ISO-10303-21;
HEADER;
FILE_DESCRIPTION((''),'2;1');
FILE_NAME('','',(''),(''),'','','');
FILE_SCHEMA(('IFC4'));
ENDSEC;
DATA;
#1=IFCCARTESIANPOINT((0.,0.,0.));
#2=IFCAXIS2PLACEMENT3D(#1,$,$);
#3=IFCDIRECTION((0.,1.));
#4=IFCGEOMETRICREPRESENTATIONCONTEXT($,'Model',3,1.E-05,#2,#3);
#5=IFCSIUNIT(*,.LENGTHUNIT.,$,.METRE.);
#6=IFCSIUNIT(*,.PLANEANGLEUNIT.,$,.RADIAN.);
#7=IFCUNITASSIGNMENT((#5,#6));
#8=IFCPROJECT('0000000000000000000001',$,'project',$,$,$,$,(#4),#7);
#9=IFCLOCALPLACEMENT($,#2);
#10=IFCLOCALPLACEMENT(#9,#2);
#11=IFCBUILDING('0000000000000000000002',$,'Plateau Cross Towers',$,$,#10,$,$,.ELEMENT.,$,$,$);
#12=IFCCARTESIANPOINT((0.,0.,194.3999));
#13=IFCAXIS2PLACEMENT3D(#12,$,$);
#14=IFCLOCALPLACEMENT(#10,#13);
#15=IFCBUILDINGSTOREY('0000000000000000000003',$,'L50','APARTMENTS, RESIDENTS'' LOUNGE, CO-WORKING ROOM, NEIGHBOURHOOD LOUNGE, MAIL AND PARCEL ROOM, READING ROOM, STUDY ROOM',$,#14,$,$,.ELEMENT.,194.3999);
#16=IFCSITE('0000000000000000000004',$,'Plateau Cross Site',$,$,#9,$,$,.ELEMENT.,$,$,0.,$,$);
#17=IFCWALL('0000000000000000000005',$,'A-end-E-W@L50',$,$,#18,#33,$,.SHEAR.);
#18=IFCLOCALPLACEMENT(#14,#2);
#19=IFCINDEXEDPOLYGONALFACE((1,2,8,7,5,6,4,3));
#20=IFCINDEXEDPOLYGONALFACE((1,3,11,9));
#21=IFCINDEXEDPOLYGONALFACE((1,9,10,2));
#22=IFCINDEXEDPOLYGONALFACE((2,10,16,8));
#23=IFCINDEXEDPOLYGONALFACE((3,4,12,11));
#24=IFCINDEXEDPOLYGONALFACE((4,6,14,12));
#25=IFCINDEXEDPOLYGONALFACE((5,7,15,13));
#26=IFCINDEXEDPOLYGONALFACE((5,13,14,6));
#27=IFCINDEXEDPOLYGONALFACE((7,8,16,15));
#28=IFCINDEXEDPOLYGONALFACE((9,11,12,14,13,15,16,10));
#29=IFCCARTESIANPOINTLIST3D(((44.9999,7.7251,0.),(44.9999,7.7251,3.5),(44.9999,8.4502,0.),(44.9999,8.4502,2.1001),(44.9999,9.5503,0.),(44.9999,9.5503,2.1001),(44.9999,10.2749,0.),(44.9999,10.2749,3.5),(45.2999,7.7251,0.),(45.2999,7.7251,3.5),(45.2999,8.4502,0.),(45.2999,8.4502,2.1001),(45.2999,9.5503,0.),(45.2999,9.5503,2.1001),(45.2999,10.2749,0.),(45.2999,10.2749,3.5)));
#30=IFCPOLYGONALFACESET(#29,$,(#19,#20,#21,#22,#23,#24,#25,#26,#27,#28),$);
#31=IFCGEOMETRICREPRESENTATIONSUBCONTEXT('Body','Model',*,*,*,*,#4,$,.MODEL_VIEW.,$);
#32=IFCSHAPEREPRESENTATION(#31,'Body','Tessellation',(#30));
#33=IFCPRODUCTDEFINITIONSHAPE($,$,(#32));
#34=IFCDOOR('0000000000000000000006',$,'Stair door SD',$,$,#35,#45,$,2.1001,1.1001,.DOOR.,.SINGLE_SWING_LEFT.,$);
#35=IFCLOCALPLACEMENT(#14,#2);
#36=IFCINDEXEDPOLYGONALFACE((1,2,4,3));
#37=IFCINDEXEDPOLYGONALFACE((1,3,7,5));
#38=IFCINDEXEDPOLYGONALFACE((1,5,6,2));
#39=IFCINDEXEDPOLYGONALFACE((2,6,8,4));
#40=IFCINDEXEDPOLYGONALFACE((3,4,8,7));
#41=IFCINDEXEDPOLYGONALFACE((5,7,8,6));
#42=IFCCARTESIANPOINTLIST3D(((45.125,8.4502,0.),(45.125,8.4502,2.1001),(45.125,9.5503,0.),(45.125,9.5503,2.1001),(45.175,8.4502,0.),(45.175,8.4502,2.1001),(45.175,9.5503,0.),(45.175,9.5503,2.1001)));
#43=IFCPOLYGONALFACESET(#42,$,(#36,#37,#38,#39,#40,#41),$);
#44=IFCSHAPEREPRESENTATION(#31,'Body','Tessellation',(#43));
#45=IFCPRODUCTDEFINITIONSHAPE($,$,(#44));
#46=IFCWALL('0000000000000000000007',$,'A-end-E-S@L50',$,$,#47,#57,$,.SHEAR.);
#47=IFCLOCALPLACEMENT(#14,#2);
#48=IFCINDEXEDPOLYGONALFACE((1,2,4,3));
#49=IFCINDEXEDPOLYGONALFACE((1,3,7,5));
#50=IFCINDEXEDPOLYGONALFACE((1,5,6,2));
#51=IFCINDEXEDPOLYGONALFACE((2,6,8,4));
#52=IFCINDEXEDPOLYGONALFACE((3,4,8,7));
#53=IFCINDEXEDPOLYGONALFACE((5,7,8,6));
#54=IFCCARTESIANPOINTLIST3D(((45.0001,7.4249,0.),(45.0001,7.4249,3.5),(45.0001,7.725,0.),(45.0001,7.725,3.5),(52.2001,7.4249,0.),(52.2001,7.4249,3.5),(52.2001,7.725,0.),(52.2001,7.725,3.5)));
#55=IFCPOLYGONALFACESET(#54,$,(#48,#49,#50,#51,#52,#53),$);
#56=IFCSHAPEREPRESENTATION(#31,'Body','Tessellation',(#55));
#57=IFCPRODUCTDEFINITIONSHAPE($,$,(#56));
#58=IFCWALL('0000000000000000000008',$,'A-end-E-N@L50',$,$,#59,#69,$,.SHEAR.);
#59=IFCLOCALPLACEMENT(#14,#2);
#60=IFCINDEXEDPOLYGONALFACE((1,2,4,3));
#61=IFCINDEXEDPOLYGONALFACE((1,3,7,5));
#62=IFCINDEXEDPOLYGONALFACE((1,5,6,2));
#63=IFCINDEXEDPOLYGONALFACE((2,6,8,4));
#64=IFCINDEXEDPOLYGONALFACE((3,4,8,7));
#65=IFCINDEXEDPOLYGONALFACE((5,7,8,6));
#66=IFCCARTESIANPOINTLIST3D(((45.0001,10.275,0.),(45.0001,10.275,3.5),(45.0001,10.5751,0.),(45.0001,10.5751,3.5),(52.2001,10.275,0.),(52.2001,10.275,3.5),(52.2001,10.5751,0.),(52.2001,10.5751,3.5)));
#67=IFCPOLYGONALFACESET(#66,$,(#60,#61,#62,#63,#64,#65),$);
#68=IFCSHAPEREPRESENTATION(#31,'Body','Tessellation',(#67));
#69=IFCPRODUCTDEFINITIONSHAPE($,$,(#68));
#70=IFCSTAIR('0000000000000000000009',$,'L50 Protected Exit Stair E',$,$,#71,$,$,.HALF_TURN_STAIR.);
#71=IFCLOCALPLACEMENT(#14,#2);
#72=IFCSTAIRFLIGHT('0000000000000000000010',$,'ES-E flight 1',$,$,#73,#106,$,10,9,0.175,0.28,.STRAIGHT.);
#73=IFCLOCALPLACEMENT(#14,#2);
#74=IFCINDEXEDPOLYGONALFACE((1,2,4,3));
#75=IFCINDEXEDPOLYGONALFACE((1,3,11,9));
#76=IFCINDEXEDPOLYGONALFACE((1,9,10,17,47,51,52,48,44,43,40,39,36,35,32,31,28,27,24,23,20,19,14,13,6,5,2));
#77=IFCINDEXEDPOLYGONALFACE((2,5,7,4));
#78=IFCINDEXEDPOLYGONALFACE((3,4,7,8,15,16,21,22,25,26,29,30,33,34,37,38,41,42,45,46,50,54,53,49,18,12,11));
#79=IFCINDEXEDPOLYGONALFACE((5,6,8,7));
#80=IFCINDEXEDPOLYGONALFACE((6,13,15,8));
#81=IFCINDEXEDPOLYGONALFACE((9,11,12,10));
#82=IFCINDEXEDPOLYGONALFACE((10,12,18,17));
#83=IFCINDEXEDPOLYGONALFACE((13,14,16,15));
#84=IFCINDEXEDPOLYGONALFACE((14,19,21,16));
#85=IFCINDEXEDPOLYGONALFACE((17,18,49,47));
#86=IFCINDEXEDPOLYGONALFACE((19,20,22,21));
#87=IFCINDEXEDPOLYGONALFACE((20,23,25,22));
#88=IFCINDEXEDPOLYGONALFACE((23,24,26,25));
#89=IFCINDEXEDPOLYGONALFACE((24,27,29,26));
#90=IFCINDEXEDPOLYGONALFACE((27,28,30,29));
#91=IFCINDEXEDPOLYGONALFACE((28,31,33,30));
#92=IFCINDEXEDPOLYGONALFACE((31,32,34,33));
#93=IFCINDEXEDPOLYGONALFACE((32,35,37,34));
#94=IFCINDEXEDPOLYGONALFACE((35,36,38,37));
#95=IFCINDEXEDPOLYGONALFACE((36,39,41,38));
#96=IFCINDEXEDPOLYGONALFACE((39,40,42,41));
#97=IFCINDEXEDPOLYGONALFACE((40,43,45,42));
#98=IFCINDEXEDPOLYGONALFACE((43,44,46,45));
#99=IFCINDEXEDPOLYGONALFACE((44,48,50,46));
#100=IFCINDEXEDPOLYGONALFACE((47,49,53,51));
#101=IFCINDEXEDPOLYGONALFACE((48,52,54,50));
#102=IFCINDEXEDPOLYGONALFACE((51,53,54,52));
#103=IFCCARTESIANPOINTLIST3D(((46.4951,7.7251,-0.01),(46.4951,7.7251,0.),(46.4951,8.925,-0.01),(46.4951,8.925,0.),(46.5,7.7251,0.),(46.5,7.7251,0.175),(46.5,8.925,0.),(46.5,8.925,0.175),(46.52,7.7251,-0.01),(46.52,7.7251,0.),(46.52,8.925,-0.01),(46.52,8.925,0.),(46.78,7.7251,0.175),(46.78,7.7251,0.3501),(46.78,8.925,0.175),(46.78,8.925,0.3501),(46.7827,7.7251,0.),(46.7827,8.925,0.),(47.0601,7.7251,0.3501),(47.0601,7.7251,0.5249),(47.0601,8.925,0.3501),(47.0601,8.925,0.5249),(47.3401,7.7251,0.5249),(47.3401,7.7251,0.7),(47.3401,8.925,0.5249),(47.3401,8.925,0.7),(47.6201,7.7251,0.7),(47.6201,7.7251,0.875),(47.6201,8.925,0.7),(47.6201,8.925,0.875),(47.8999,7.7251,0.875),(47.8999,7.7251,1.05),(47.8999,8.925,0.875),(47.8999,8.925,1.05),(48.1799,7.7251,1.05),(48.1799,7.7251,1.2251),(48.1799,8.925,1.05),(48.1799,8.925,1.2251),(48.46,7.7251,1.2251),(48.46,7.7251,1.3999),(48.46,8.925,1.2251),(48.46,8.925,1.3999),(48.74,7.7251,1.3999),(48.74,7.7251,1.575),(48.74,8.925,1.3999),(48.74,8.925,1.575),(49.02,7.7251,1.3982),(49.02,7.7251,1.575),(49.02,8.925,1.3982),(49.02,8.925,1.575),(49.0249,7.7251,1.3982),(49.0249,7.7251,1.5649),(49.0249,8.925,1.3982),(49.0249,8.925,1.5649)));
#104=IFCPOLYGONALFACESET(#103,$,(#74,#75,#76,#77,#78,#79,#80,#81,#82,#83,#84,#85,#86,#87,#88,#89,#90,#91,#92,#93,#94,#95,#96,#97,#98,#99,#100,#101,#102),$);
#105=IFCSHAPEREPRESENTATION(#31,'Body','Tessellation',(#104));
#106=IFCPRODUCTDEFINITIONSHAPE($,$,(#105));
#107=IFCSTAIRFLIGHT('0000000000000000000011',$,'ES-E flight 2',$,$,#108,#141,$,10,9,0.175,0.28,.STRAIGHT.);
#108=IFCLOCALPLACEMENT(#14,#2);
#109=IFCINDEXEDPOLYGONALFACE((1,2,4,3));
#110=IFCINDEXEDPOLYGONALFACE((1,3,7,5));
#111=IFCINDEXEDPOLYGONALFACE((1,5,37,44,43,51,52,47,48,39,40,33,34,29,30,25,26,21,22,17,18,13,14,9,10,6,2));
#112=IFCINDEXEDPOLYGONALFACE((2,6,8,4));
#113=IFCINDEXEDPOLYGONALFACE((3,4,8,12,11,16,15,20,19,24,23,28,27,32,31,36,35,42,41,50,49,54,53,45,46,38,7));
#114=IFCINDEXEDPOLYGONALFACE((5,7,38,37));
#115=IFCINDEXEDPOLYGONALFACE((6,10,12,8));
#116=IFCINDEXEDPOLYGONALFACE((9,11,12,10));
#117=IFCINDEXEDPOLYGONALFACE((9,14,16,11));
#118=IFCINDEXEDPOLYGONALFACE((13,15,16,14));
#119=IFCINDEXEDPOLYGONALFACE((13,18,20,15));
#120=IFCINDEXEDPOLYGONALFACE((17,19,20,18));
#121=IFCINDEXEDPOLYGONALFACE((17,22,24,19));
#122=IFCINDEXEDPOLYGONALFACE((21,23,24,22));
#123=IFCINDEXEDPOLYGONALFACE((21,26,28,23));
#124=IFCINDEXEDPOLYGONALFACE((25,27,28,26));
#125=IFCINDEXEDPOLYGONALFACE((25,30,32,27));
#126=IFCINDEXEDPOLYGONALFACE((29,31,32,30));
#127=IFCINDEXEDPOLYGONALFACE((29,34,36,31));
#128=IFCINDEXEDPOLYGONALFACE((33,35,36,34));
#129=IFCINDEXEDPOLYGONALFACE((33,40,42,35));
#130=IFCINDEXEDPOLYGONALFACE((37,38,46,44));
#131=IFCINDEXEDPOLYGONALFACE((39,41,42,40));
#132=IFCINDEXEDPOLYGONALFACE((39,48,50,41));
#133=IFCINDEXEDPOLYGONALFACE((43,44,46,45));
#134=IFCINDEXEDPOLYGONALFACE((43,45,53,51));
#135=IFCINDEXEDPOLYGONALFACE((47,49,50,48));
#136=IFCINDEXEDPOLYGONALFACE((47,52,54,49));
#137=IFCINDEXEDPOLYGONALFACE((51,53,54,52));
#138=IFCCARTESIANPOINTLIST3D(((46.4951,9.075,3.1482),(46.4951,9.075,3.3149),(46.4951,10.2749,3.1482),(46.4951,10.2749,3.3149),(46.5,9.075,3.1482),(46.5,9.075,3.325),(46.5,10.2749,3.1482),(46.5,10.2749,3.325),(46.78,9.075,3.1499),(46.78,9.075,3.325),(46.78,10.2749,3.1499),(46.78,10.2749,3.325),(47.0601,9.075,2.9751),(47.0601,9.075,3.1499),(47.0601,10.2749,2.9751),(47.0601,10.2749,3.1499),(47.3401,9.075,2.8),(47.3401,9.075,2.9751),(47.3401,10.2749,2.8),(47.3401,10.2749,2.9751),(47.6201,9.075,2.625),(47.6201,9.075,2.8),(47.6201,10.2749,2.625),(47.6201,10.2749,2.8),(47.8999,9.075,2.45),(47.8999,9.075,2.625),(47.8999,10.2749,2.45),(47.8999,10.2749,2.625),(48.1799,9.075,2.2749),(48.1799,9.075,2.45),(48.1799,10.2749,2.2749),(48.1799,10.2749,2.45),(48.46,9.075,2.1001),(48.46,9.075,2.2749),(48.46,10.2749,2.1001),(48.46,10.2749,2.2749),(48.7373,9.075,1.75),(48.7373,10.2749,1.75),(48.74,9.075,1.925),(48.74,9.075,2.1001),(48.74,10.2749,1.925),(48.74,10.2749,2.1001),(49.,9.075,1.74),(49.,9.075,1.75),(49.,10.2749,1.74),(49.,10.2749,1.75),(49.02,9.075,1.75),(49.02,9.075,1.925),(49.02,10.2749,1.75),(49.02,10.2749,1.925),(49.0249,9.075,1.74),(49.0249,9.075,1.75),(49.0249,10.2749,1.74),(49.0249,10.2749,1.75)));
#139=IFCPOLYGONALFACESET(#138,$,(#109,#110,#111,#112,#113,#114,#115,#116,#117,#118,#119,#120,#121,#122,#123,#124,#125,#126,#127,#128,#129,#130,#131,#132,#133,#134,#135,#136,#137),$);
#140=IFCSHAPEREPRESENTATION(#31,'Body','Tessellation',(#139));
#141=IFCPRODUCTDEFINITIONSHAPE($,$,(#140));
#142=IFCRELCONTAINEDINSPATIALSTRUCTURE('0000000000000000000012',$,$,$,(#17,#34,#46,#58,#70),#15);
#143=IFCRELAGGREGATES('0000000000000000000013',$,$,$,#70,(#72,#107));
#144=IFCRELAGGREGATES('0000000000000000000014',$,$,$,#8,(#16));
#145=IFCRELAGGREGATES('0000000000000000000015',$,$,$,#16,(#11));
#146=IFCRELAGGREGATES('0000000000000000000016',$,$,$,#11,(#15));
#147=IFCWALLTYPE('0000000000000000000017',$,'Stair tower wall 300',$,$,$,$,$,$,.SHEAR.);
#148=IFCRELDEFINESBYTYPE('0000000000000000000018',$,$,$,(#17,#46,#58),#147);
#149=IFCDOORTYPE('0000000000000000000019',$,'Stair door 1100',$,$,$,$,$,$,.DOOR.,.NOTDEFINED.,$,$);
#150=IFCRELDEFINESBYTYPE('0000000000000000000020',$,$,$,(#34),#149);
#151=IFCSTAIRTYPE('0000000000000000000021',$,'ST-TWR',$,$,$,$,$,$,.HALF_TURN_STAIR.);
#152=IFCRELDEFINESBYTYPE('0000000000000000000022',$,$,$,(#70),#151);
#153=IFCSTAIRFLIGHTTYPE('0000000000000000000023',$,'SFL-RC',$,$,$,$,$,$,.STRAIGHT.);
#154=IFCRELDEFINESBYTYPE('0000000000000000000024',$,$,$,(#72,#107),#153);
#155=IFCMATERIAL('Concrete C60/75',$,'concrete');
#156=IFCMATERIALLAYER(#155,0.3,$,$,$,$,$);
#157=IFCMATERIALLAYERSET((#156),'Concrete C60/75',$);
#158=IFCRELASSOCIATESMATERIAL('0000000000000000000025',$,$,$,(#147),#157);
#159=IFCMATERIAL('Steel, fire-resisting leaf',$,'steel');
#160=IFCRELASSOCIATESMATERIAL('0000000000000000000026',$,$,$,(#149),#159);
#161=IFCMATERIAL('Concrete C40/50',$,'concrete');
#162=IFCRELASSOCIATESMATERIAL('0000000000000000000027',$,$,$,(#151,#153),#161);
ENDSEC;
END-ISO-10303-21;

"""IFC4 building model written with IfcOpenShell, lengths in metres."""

from ifc_helpers import new_model, si_unit, direction, frame, frame_2d, origin, place, context, subcontext, project, spatial, polyline, rectangle, outline, extrude, material, layer, layer_set, type_object, element, fill, aggregate, save


model = new_model("IFC4")

# Units and contexts
model_context = context("Model", 3, precision=1e-05, world=origin(), true_north=direction((0.0, 1.0)))
body_context = subcontext(model_context, "Body", "Model", "MODEL_VIEW")
ifc_project = project(units=[si_unit("LENGTHUNIT", "METRE"), si_unit("PLANEANGLEUNIT", "RADIAN")], contexts=[model_context])

# Site, building, storey
site_placement = place(None, origin())
site = spatial("IfcSite", under=ifc_project, at=site_placement, Name="Plateau Cross Site", CompositionType="ELEMENT", RefElevation=0.0)
building_placement = place(site_placement, origin())
building = spatial("IfcBuilding", under=site, at=building_placement, Name="Plateau Cross Towers", CompositionType="ELEMENT")
storey_placement = place(building_placement, frame((0.0, 0.0, 194.3999)))
storey = spatial("IfcBuildingStorey", under=building, at=storey_placement, Name="L50", Description="APARTMENTS, RESIDENTS' LOUNGE, CO-WORKING ROOM, NEIGHBOURHOOD LOUNGE, MAIL AND PARCEL ROOM, READING ROOM, STUDY ROOM", CompositionType="ELEMENT", Elevation=194.3999)

# Wall, opening, door
ifc_material_1 = material(Name="Concrete C60/75", Category="concrete")
ifc_layer_1 = layer(ifc_material_1, 0.3)
ifc_layer_set_1 = layer_set([ifc_layer_1], Name="Concrete C60/75")
wall_type_1 = type_object("IfcWallType", Name="Stair tower wall 300", PredefinedType="SHEAR", material=ifc_layer_set_1)
wall_1_placement = place(storey_placement, frame((45.1499, 7.7251, 0.0), z_axis=(0.0, 0.0, 1.0), x_axis=(0.0, 1.0, 0.0)))
wall_1 = element("IfcWall", 1, at=wall_1_placement, inside=storey, type_object=wall_type_1, Name="A-end-E-W@L50", PredefinedType="SHEAR", context=body_context, shape_type="SweptSolid", body=[
    extrude(rectangle(XDim=2.5498, YDim=0.3, at=frame_2d((1.2749, 0.0))), origin(), (0.0, 0.0, 1.0), 3.5),
])
opening_1_placement = place(wall_1_placement, frame((0.7251, 0.0, 0.0)))
opening_1 = element("IfcOpeningElement", 2, at=opening_1_placement, cuts=wall_1, PredefinedType="OPENING", context=body_context, shape_type="SweptSolid", body=[
    extrude(rectangle(XDim=1.1001, YDim=2.1001, at=frame_2d((0.55, 1.05))), frame((0.0, 0.1599, 0.0), z_axis=(0.0, -1.0, 0.0), x_axis=(1.0, 0.0, 0.0)), (0.0, 0.0, 1.0), 0.3201),
])
ifc_material_2 = material(Name="Steel, fire-resisting leaf", Category="steel")
door_type_1 = type_object("IfcDoorType", Name="Stair door 1100", OperationType="NOTDEFINED", PredefinedType="DOOR", material=ifc_material_2)
door_1_placement = place(opening_1_placement, origin())
door_1 = element("IfcDoor", 3, at=door_1_placement, inside=storey, type_object=door_type_1, Name="Stair door SD", OperationType="SINGLE_SWING_LEFT", OverallHeight=2.1001, OverallWidth=1.1001, PredefinedType="DOOR", context=body_context, shape_type="SweptSolid", body=[
    extrude(rectangle(XDim=1.1001, YDim=2.1001, at=frame_2d((0.55, 1.05))), frame((0.0, 0.0249, 0.0), z_axis=(0.0, -1.0, 0.0), x_axis=(1.0, 0.0, 0.0)), (0.0, 0.0, 1.0), 0.05),
])
fill(opening_1, door_1)

# Walls
for number, where, z_axis, x_axis, name in (
    (4, (45.0, 7.575, 0.0), (0.0, 0.0, 1.0), (1.0, 0.0, 0.0), "A-end-E-S@L50"),
    (5, (45.0, 10.425, 0.0), (0.0, 0.0, 1.0), (1.0, 0.0, 0.0), "A-end-E-N@L50"),
):
    element("IfcWall", number, at=place(storey_placement, frame(where, z_axis=z_axis, x_axis=x_axis)), inside=storey, type_object=wall_type_1, Name=name, PredefinedType="SHEAR", context=body_context, shape_type="SweptSolid", body=[
        extrude(rectangle(XDim=7.2, YDim=0.3, at=frame_2d((3.6001, 0.0))), origin(), (0.0, 0.0, 1.0), 3.5),
    ])

# Stair, stair flights
ifc_material_3 = material(Name="Concrete C40/50", Category="concrete")
stair_type = type_object("IfcStairType", Name="ST-TWR", PredefinedType="HALF_TURN_STAIR", material=ifc_material_3)
stair_placement = place(storey_placement, origin())
stair = element("IfcStair", 6, at=stair_placement, inside=storey, type_object=stair_type, Name="L50 Protected Exit Stair E", PredefinedType="HALF_TURN_STAIR")
stair_flight_type = type_object("IfcStairFlightType", Name="SFL-RC", PredefinedType="STRAIGHT", material=ifc_material_3)
stair_flight_1_placement = place(storey_placement, frame((46.5, 8.325, 0.0), z_axis=(0.0, 0.0, 1.0), x_axis=(1.0, 0.0, 0.0)))
stair_flight_1 = element("IfcStairFlight", 7, at=stair_flight_1_placement, type_object=stair_flight_type, Name="ES-E flight 1", NumberOfRisers=10, NumberOfTreads=9, PredefinedType="STRAIGHT", RiserHeight=0.175, TreadLength=0.28, context=body_context, shape_type="SweptSolid", body=[
    extrude(outline(polyline([(-0.0049, -0.01), (-0.0049, 0.0), (0.0, 0.0), (0.0, 0.175), (0.28, 0.175), (0.28, 0.3501), (0.5601, 0.3501), (0.5601, 0.5249), (0.8401, 0.5249), (0.8401, 0.7), (1.1201, 0.7), (1.1201, 0.875), (1.3999, 0.875), (1.3999, 1.05), (1.6799, 1.05), (1.6799, 1.2251), (1.96, 1.2251), (1.96, 1.3999), (2.24, 1.3999), (2.24, 1.575), (2.52, 1.575), (2.5249, 1.5649), (2.5249, 1.3982), (2.52, 1.3982), (0.2827, 0.0), (0.02, 0.0), (0.02, -0.01), (-0.0049, -0.01)])), frame((0.0, 0.6001, 0.0), z_axis=(0.0, -1.0, 0.0), x_axis=(1.0, 0.0, 0.0)), (0.0, 0.0, 1.0), 1.2),
])
stair_flight_2_placement = place(storey_placement, frame((49.02, 9.675, 1.75), z_axis=(0.0, 0.0, 1.0), x_axis=(-1.0, 0.0, 0.0)))
stair_flight_2 = element("IfcStairFlight", 8, at=stair_flight_2_placement, type_object=stair_flight_type, Name="ES-E flight 2", NumberOfRisers=10, NumberOfTreads=9, PredefinedType="STRAIGHT", RiserHeight=0.175, TreadLength=0.28, context=body_context, shape_type="SweptSolid", body=[
    extrude(outline(polyline([(-0.0049, -0.01), (-0.0049, 0.0), (0.0, 0.0), (0.0, 0.175), (0.28, 0.175), (0.28, 0.3501), (0.5601, 0.3501), (0.5601, 0.5249), (0.8401, 0.5249), (0.8401, 0.7), (1.1201, 0.7), (1.1201, 0.875), (1.3999, 0.875), (1.3999, 1.05), (1.6799, 1.05), (1.6799, 1.2251), (1.96, 1.2251), (1.96, 1.3999), (2.24, 1.3999), (2.24, 1.575), (2.52, 1.575), (2.5249, 1.5649), (2.5249, 1.3982), (2.52, 1.3982), (0.2827, 0.0), (0.02, 0.0), (0.02, -0.01), (-0.0049, -0.01)])), frame((0.0, 0.6001, 0.0), z_axis=(0.0, -1.0, 0.0), x_axis=(1.0, 0.0, 0.0)), (0.0, 0.0, 1.0), 1.2),
])
aggregate(stair, [stair_flight_1, stair_flight_2])

save(model, "model.ifc")
